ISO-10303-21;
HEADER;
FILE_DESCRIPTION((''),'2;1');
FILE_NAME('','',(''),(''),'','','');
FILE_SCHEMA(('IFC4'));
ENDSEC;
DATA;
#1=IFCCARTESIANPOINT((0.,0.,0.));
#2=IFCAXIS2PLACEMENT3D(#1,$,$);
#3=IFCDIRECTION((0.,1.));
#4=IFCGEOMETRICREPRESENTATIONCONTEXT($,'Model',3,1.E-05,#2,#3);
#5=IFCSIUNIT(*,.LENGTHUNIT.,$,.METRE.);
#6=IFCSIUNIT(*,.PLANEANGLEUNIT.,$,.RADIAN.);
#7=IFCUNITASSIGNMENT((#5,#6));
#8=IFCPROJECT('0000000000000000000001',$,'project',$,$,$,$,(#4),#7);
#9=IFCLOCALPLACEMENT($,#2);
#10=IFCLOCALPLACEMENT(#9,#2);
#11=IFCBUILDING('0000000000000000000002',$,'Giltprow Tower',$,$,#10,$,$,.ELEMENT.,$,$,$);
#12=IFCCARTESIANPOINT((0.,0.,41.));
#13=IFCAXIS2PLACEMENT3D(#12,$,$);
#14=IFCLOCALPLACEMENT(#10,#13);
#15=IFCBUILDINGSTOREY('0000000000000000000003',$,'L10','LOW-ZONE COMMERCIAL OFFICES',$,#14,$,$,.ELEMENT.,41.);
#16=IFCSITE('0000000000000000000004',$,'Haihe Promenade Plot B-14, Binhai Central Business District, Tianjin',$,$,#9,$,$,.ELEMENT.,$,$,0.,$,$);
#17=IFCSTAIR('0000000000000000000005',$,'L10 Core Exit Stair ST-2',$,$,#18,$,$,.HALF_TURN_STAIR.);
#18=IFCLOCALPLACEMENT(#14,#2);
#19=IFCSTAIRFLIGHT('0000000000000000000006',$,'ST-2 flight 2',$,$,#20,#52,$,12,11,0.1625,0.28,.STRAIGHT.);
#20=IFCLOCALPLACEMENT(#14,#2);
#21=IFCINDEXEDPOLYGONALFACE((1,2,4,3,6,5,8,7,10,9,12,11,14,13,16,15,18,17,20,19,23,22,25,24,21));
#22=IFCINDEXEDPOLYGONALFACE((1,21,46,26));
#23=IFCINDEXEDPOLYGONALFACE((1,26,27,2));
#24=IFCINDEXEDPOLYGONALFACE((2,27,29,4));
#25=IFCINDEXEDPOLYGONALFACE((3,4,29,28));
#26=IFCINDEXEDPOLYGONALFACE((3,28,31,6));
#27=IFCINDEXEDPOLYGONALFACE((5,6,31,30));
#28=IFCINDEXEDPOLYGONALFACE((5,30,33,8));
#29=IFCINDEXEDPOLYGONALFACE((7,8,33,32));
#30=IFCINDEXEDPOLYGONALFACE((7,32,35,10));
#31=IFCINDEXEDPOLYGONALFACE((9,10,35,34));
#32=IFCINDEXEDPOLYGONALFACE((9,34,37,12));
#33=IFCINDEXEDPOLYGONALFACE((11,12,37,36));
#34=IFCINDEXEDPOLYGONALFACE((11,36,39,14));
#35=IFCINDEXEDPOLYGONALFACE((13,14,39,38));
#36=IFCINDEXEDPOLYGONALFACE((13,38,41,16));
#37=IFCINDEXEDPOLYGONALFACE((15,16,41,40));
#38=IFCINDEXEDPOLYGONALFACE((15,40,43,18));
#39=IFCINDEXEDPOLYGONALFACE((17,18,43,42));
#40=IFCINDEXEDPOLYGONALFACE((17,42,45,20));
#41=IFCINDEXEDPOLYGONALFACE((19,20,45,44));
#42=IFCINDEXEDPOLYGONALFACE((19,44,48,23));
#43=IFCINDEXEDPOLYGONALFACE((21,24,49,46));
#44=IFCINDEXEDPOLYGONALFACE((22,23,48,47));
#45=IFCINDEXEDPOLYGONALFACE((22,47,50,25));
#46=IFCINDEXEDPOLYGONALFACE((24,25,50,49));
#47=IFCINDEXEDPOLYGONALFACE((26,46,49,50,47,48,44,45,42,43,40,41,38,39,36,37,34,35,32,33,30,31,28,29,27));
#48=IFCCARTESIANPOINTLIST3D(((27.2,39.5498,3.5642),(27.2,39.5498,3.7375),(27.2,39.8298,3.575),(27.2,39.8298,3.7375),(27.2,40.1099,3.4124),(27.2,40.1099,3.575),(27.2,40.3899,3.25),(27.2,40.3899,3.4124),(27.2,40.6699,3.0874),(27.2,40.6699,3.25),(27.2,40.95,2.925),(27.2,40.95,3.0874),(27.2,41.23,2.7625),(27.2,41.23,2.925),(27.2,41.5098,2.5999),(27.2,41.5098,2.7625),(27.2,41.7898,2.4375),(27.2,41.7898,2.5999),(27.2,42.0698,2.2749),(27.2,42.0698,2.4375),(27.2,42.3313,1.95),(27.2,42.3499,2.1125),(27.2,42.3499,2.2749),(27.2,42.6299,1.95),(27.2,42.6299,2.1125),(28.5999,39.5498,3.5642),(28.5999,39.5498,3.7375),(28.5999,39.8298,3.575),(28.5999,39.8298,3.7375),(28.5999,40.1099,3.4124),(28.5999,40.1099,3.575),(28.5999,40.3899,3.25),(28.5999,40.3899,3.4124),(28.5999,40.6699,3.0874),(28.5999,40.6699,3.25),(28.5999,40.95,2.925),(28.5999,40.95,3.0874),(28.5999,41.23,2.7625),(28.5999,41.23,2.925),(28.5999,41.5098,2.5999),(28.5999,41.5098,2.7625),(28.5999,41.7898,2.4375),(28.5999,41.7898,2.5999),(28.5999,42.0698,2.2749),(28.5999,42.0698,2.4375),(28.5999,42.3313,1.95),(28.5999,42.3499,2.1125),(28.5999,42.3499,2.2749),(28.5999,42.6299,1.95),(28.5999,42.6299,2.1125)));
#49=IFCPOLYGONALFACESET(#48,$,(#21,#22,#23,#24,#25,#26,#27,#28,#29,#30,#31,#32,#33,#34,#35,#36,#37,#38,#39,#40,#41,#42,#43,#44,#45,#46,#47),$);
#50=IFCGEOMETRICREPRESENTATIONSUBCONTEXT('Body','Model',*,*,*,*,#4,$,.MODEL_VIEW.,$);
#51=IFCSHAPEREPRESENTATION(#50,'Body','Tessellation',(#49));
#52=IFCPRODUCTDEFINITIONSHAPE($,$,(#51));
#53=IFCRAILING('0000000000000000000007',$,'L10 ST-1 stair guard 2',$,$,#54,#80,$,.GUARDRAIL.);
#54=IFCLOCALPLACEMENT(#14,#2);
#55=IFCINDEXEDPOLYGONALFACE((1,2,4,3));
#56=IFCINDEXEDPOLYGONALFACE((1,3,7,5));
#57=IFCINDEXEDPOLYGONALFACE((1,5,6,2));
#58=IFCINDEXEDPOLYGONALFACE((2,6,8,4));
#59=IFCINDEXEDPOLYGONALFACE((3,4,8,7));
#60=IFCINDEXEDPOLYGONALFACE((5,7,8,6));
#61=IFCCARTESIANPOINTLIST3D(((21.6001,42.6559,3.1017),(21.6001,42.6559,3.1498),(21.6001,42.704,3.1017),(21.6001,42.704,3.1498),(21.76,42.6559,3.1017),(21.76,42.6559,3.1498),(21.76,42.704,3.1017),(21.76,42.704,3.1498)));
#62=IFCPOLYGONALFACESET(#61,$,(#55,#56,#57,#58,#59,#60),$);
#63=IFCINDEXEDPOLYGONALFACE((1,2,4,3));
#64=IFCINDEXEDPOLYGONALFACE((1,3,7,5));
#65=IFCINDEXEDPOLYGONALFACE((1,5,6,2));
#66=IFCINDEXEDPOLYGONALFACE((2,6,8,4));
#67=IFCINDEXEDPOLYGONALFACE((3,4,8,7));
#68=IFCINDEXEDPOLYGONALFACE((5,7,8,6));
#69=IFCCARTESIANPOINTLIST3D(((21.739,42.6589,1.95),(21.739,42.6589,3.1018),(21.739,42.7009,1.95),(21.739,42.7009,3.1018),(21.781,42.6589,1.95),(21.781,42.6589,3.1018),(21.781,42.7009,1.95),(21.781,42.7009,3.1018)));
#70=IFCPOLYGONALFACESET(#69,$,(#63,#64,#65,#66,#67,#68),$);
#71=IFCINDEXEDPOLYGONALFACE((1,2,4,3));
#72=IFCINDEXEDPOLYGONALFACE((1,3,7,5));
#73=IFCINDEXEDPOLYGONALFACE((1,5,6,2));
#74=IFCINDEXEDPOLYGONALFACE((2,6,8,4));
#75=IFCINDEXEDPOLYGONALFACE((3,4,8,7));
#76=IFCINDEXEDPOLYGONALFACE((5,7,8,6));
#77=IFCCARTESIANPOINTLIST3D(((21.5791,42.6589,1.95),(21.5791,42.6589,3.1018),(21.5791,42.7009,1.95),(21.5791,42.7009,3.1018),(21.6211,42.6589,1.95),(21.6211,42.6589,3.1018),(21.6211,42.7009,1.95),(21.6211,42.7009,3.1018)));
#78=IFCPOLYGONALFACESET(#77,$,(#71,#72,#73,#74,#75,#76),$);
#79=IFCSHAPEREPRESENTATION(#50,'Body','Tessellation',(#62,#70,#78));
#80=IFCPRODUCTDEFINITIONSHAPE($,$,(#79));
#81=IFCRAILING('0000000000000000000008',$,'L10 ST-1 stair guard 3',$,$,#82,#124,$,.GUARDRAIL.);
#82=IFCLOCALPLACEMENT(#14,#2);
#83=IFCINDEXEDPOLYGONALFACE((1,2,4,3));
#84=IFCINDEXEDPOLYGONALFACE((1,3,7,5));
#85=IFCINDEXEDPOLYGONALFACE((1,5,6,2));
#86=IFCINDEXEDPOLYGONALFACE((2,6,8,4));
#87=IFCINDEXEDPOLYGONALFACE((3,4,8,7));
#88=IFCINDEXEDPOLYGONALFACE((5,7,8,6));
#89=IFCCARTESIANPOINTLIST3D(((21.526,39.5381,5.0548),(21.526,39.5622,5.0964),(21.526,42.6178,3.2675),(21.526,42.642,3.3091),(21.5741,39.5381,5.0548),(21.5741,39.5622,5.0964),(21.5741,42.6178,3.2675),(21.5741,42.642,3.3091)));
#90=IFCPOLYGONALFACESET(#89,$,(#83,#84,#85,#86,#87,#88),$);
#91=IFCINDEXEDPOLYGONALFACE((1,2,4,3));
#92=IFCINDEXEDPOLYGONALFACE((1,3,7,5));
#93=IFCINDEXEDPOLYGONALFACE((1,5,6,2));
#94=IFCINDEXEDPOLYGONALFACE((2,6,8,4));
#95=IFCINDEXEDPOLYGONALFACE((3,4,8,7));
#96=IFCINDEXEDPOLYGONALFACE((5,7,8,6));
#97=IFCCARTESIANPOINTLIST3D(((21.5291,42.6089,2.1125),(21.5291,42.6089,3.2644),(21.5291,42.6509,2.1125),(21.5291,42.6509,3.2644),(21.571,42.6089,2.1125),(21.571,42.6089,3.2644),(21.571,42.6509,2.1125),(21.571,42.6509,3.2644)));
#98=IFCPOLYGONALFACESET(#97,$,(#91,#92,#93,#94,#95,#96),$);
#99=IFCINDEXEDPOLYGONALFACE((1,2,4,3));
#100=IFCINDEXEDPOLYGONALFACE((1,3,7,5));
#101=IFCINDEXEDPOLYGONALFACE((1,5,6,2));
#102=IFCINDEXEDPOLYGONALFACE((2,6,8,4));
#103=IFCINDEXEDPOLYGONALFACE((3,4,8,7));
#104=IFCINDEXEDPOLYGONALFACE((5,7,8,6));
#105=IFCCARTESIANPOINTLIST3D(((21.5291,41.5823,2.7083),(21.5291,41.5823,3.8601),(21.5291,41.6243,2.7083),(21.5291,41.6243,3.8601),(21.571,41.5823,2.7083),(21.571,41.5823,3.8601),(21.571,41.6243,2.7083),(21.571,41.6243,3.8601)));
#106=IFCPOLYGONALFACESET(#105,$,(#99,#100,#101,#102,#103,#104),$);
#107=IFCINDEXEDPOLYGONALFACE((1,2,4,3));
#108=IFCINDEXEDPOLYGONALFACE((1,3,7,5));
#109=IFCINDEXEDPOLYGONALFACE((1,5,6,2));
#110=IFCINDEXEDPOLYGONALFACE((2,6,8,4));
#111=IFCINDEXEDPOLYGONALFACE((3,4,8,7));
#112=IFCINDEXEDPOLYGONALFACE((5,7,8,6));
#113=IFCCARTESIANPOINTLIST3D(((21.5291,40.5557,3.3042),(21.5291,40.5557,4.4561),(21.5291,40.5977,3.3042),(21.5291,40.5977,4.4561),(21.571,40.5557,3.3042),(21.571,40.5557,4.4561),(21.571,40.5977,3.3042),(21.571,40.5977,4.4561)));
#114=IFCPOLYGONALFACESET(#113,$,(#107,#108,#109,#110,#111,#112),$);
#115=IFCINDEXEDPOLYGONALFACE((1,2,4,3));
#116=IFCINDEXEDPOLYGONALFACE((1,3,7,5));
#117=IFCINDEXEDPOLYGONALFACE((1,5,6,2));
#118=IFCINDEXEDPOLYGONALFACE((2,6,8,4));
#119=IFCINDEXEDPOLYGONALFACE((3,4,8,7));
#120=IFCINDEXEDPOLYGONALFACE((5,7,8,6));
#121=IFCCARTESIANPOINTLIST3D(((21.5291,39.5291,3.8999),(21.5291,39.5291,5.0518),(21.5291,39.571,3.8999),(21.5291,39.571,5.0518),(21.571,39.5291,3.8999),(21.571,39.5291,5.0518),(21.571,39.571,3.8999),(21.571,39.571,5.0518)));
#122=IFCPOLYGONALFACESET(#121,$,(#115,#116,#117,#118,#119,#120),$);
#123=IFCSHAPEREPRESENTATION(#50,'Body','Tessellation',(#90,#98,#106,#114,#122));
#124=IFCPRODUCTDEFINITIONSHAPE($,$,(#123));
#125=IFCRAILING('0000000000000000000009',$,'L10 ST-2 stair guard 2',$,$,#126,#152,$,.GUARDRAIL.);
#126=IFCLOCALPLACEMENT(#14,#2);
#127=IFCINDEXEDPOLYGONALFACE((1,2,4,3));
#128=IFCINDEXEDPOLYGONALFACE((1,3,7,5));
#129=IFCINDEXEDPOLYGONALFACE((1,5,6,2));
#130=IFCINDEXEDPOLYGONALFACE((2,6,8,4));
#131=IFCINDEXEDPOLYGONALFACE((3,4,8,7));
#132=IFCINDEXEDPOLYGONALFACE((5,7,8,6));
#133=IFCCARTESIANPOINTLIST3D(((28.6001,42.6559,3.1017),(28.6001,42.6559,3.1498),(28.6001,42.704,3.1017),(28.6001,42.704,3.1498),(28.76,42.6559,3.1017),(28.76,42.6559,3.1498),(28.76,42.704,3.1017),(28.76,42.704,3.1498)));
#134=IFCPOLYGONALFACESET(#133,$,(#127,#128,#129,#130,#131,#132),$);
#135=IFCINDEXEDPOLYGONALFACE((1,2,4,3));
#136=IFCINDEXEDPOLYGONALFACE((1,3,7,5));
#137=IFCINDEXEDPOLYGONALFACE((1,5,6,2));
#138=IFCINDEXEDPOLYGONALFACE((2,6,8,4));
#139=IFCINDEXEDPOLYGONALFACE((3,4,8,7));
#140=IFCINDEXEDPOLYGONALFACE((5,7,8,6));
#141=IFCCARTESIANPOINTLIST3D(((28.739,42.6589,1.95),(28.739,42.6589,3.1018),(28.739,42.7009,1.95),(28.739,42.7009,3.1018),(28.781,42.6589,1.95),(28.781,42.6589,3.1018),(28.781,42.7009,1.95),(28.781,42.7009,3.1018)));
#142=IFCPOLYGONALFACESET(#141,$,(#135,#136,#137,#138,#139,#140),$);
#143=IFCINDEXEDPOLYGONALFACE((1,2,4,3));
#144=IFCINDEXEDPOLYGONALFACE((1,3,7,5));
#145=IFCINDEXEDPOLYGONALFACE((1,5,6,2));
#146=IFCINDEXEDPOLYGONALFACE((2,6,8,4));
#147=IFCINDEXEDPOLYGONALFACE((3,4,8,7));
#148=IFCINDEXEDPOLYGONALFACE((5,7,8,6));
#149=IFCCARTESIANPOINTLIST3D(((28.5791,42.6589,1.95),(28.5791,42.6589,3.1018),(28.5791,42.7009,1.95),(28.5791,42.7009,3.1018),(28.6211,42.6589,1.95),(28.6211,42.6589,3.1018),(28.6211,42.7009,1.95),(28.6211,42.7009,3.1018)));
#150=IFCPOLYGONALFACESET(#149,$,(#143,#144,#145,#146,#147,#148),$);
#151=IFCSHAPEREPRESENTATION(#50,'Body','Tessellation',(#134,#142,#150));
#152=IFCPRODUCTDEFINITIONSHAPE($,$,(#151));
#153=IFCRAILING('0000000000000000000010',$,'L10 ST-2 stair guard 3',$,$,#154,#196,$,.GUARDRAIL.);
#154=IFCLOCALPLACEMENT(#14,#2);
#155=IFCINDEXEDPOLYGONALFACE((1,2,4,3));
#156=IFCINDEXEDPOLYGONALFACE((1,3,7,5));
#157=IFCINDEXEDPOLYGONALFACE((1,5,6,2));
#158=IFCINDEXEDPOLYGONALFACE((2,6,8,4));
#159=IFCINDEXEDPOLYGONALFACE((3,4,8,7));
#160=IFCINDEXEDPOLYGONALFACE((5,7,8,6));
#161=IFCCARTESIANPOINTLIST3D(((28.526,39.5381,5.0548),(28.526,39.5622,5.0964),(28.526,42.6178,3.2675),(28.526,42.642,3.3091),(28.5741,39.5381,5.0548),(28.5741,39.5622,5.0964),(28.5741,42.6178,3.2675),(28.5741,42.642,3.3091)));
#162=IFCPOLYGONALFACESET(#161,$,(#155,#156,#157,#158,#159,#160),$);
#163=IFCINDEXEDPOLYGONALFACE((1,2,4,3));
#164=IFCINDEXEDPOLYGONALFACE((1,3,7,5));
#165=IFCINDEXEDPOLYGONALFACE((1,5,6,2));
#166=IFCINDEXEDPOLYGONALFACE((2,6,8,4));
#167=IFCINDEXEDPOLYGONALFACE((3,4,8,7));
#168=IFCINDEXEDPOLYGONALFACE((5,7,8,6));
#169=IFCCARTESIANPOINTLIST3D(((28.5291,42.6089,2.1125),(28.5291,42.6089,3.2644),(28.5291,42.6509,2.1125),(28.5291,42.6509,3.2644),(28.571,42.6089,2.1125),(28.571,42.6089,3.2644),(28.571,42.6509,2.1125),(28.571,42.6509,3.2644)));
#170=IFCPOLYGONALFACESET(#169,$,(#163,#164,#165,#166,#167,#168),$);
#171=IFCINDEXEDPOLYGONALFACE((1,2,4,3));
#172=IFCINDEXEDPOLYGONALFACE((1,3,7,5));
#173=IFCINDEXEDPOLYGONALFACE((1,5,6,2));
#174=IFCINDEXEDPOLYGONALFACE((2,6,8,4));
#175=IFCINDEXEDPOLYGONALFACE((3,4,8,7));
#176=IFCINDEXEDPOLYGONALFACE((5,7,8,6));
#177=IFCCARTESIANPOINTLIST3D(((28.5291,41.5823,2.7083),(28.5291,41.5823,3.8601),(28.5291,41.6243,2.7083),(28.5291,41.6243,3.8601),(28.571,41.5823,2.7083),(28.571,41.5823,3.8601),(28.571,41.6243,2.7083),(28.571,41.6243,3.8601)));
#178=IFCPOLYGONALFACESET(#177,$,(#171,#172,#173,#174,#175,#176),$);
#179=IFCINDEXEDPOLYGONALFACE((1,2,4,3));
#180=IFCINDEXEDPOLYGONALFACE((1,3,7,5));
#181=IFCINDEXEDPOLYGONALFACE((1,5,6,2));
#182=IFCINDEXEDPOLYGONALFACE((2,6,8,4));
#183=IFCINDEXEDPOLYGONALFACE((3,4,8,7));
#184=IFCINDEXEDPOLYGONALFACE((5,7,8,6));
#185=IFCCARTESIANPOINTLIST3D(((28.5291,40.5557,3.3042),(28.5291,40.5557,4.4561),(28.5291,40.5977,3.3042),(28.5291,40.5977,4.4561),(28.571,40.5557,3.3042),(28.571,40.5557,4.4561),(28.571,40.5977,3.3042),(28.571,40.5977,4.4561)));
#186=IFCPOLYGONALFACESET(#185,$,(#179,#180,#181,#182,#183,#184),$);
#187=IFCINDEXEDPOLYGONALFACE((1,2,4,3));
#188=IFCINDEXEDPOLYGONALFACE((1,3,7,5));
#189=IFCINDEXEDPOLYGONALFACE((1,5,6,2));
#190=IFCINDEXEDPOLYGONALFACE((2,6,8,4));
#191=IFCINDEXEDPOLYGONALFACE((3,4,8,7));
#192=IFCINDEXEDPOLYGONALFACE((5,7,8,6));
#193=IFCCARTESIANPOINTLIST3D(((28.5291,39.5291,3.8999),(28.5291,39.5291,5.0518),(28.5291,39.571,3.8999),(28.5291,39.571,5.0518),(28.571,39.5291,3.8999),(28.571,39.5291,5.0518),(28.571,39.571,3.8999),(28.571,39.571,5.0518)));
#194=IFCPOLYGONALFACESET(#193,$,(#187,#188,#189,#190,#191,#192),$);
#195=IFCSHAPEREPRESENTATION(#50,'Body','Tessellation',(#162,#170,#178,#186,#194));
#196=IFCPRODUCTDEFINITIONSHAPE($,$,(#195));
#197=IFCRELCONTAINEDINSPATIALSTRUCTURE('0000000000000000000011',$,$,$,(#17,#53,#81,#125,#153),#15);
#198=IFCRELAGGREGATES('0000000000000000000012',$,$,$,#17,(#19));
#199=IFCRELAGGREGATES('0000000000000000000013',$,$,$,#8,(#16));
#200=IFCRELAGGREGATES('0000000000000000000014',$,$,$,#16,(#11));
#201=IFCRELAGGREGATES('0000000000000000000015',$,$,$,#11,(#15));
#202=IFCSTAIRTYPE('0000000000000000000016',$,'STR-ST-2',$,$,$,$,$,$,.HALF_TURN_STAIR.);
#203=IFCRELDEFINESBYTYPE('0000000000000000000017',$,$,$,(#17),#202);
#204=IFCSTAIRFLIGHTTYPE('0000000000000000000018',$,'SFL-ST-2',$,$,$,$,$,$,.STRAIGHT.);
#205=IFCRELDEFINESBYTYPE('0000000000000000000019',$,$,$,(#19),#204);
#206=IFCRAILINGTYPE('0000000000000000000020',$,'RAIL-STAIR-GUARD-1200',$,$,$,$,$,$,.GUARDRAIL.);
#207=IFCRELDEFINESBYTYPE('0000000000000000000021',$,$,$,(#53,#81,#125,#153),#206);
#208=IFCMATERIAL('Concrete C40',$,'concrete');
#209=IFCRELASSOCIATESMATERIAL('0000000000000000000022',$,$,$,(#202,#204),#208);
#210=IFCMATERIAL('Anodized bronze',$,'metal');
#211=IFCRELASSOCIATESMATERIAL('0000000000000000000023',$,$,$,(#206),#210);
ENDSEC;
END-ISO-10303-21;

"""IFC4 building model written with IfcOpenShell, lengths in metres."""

from ifc_helpers import new_model, si_unit, direction, frame, origin, origin_2d, place, context, subcontext, project, spatial, polyline, rectangle, outline, extrude, material, type_object, element, aggregate, save


model = new_model("IFC4")

# Units and contexts
model_context = context("Model", 3, precision=1e-05, world=origin(), true_north=direction((0.0, 1.0)))
body_context = subcontext(model_context, "Body", "Model", "MODEL_VIEW")
ifc_project = project(units=[si_unit("LENGTHUNIT", "METRE"), si_unit("PLANEANGLEUNIT", "RADIAN")], contexts=[model_context])

# Site, building, storey
site_placement = place(None, origin())
site = spatial("IfcSite", under=ifc_project, at=site_placement, Name="Haihe Promenade Plot B-14, Binhai Central Business District, Tianjin", CompositionType="ELEMENT", RefElevation=0.0)
building_placement = place(site_placement, origin())
building = spatial("IfcBuilding", under=site, at=building_placement, Name="Giltprow Tower", CompositionType="ELEMENT")
storey_placement = place(building_placement, frame((0.0, 0.0, 41.0)))
storey = spatial("IfcBuildingStorey", under=building, at=storey_placement, Name="L10", Description="LOW-ZONE COMMERCIAL OFFICES", CompositionType="ELEMENT", Elevation=41.0)

# Shared definitions
ifc_material_1 = material(Name="Concrete C40", Category="concrete")

# Stair, stair flight
stair_type_1 = type_object("IfcStairType", Name="STR-ST-2", PredefinedType="HALF_TURN_STAIR", material=ifc_material_1)
stair_1_placement = place(storey_placement, origin())
stair_1 = element("IfcStair", 1, at=stair_1_placement, inside=storey, type_object=stair_type_1, Name="L10 Core Exit Stair ST-2", PredefinedType="HALF_TURN_STAIR")
stair_flight_type_1 = type_object("IfcStairFlightType", Name="SFL-ST-2", PredefinedType="STRAIGHT", material=ifc_material_1)
stair_flight_1_placement = place(storey_placement, frame((27.8999, 42.6299, 1.95), z_axis=(0.0, 0.0, 1.0), x_axis=(0.0, -1.0, 0.0)))
stair_flight_1 = element("IfcStairFlight", 2, at=stair_flight_1_placement, type_object=stair_flight_type_1, Name="ST-2 flight 2", NumberOfRisers=12, NumberOfTreads=11, PredefinedType="STRAIGHT", RiserHeight=0.1625, TreadLength=0.28, context=body_context, shape_type="SweptSolid", body=[
    extrude(outline(polyline([(0.0, 0.0), (0.0, 0.1626), (0.28, 0.1626), (0.28, 0.325), (0.5601, 0.325), (0.5601, 0.4875), (0.8401, 0.4875), (0.8401, 0.6499), (1.1201, 0.6499), (1.1201, 0.8125), (1.3999, 0.8125), (1.3999, 0.9751), (1.6799, 0.9751), (1.6799, 1.1375), (1.96, 1.1375), (1.96, 1.3), (2.24, 1.3), (2.24, 1.4624), (2.52, 1.4624), (2.52, 1.625), (2.8, 1.625), (2.8, 1.7876), (3.0801, 1.7876), (3.0801, 1.95), (3.0801, 1.6143), (0.2986, 0.0), (0.0, 0.0)])), frame((0.0, 0.7, 0.0), z_axis=(0.0, -1.0, 0.0), x_axis=(1.0, 0.0, 0.0)), (0.0, 0.0, 1.0), 1.3999),
])
aggregate(stair_1, [stair_flight_1])

# Railings
ifc_material_2 = material(Name="Anodized bronze", Category="metal")
railing_type_1 = type_object("IfcRailingType", Name="RAIL-STAIR-GUARD-1200", PredefinedType="GUARDRAIL", material=ifc_material_2)
railing_1_placement = place(storey_placement, frame((21.76, 42.6799, 1.95)))
element("IfcRailing", 3, at=railing_1_placement, inside=storey, type_object=railing_type_1, Name="L10 ST-1 stair guard 2", PredefinedType="GUARDRAIL", context=body_context, shape_type="SweptSolid", body=[
    extrude(rectangle(XDim=0.0481, YDim=0.0481, at=origin_2d()), frame((0.0, 0.0, 1.1758), z_axis=(-1.0, 0.0, 0.0), x_axis=(0.0, -1.0, 0.0)), (0.0, 0.0, 1.0), 0.1599),
    extrude(rectangle(XDim=0.042, YDim=0.042, at=origin_2d()), origin(), (0.0, 0.0, 1.0), 1.1519),
    extrude(rectangle(XDim=0.042, YDim=0.042, at=origin_2d()), frame((-0.1599, 0.0, 0.0)), (0.0, 0.0, 1.0), 1.1519),
])
railing_2_placement = place(storey_placement, frame((21.55, 42.6299, 2.1125)))
element("IfcRailing", 4, at=railing_2_placement, inside=storey, type_object=railing_type_1, Name="L10 ST-1 stair guard 3", PredefinedType="GUARDRAIL", context=body_context, shape_type="SweptSolid", body=[
    extrude(rectangle(XDim=0.0481, YDim=0.0481, at=origin_2d()), frame((0.0, 0.0, 1.1758), z_axis=(0.0, -0.864903, 0.501939), x_axis=(1.0, 0.0, 0.0)), (0.0, 0.0, 1.0), 3.5608),
    extrude(rectangle(XDim=0.042, YDim=0.042, at=origin_2d()), origin(), (0.0, 0.0, 1.0), 1.1519),
    extrude(rectangle(XDim=0.042, YDim=0.042, at=origin_2d()), frame((0.0, -1.0266, 0.5957)), (0.0, 0.0, 1.0), 1.1519),
    extrude(rectangle(XDim=0.042, YDim=0.042, at=origin_2d()), frame((0.0, -2.0532, 1.1917)), (0.0, 0.0, 1.0), 1.1519),
    extrude(rectangle(XDim=0.042, YDim=0.042, at=origin_2d()), frame((0.0, -3.0798, 1.7874)), (0.0, 0.0, 1.0), 1.1519),
])
railing_3_placement = place(storey_placement, frame((28.76, 42.6799, 1.95)))
element("IfcRailing", 5, at=railing_3_placement, inside=storey, type_object=railing_type_1, Name="L10 ST-2 stair guard 2", PredefinedType="GUARDRAIL", context=body_context, shape_type="SweptSolid", body=[
    extrude(rectangle(XDim=0.0481, YDim=0.0481, at=origin_2d()), frame((0.0, 0.0, 1.1758), z_axis=(-1.0, 0.0, 0.0), x_axis=(0.0, -1.0, 0.0)), (0.0, 0.0, 1.0), 0.1599),
    extrude(rectangle(XDim=0.042, YDim=0.042, at=origin_2d()), origin(), (0.0, 0.0, 1.0), 1.1519),
    extrude(rectangle(XDim=0.042, YDim=0.042, at=origin_2d()), frame((-0.1599, 0.0, 0.0)), (0.0, 0.0, 1.0), 1.1519),
])
railing_4_placement = place(storey_placement, frame((28.55, 42.6299, 2.1125)))
element("IfcRailing", 6, at=railing_4_placement, inside=storey, type_object=railing_type_1, Name="L10 ST-2 stair guard 3", PredefinedType="GUARDRAIL", context=body_context, shape_type="SweptSolid", body=[
    extrude(rectangle(XDim=0.0481, YDim=0.0481, at=origin_2d()), frame((0.0, 0.0, 1.1758), z_axis=(0.0, -0.864903, 0.501939), x_axis=(1.0, 0.0, 0.0)), (0.0, 0.0, 1.0), 3.5608),
    extrude(rectangle(XDim=0.042, YDim=0.042, at=origin_2d()), origin(), (0.0, 0.0, 1.0), 1.1519),
    extrude(rectangle(XDim=0.042, YDim=0.042, at=origin_2d()), frame((0.0, -1.0266, 0.5957)), (0.0, 0.0, 1.0), 1.1519),
    extrude(rectangle(XDim=0.042, YDim=0.042, at=origin_2d()), frame((0.0, -2.0532, 1.1917)), (0.0, 0.0, 1.0), 1.1519),
    extrude(rectangle(XDim=0.042, YDim=0.042, at=origin_2d()), frame((0.0, -3.0798, 1.7874)), (0.0, 0.0, 1.0), 1.1519),
])

save(model, "model.ifc")
